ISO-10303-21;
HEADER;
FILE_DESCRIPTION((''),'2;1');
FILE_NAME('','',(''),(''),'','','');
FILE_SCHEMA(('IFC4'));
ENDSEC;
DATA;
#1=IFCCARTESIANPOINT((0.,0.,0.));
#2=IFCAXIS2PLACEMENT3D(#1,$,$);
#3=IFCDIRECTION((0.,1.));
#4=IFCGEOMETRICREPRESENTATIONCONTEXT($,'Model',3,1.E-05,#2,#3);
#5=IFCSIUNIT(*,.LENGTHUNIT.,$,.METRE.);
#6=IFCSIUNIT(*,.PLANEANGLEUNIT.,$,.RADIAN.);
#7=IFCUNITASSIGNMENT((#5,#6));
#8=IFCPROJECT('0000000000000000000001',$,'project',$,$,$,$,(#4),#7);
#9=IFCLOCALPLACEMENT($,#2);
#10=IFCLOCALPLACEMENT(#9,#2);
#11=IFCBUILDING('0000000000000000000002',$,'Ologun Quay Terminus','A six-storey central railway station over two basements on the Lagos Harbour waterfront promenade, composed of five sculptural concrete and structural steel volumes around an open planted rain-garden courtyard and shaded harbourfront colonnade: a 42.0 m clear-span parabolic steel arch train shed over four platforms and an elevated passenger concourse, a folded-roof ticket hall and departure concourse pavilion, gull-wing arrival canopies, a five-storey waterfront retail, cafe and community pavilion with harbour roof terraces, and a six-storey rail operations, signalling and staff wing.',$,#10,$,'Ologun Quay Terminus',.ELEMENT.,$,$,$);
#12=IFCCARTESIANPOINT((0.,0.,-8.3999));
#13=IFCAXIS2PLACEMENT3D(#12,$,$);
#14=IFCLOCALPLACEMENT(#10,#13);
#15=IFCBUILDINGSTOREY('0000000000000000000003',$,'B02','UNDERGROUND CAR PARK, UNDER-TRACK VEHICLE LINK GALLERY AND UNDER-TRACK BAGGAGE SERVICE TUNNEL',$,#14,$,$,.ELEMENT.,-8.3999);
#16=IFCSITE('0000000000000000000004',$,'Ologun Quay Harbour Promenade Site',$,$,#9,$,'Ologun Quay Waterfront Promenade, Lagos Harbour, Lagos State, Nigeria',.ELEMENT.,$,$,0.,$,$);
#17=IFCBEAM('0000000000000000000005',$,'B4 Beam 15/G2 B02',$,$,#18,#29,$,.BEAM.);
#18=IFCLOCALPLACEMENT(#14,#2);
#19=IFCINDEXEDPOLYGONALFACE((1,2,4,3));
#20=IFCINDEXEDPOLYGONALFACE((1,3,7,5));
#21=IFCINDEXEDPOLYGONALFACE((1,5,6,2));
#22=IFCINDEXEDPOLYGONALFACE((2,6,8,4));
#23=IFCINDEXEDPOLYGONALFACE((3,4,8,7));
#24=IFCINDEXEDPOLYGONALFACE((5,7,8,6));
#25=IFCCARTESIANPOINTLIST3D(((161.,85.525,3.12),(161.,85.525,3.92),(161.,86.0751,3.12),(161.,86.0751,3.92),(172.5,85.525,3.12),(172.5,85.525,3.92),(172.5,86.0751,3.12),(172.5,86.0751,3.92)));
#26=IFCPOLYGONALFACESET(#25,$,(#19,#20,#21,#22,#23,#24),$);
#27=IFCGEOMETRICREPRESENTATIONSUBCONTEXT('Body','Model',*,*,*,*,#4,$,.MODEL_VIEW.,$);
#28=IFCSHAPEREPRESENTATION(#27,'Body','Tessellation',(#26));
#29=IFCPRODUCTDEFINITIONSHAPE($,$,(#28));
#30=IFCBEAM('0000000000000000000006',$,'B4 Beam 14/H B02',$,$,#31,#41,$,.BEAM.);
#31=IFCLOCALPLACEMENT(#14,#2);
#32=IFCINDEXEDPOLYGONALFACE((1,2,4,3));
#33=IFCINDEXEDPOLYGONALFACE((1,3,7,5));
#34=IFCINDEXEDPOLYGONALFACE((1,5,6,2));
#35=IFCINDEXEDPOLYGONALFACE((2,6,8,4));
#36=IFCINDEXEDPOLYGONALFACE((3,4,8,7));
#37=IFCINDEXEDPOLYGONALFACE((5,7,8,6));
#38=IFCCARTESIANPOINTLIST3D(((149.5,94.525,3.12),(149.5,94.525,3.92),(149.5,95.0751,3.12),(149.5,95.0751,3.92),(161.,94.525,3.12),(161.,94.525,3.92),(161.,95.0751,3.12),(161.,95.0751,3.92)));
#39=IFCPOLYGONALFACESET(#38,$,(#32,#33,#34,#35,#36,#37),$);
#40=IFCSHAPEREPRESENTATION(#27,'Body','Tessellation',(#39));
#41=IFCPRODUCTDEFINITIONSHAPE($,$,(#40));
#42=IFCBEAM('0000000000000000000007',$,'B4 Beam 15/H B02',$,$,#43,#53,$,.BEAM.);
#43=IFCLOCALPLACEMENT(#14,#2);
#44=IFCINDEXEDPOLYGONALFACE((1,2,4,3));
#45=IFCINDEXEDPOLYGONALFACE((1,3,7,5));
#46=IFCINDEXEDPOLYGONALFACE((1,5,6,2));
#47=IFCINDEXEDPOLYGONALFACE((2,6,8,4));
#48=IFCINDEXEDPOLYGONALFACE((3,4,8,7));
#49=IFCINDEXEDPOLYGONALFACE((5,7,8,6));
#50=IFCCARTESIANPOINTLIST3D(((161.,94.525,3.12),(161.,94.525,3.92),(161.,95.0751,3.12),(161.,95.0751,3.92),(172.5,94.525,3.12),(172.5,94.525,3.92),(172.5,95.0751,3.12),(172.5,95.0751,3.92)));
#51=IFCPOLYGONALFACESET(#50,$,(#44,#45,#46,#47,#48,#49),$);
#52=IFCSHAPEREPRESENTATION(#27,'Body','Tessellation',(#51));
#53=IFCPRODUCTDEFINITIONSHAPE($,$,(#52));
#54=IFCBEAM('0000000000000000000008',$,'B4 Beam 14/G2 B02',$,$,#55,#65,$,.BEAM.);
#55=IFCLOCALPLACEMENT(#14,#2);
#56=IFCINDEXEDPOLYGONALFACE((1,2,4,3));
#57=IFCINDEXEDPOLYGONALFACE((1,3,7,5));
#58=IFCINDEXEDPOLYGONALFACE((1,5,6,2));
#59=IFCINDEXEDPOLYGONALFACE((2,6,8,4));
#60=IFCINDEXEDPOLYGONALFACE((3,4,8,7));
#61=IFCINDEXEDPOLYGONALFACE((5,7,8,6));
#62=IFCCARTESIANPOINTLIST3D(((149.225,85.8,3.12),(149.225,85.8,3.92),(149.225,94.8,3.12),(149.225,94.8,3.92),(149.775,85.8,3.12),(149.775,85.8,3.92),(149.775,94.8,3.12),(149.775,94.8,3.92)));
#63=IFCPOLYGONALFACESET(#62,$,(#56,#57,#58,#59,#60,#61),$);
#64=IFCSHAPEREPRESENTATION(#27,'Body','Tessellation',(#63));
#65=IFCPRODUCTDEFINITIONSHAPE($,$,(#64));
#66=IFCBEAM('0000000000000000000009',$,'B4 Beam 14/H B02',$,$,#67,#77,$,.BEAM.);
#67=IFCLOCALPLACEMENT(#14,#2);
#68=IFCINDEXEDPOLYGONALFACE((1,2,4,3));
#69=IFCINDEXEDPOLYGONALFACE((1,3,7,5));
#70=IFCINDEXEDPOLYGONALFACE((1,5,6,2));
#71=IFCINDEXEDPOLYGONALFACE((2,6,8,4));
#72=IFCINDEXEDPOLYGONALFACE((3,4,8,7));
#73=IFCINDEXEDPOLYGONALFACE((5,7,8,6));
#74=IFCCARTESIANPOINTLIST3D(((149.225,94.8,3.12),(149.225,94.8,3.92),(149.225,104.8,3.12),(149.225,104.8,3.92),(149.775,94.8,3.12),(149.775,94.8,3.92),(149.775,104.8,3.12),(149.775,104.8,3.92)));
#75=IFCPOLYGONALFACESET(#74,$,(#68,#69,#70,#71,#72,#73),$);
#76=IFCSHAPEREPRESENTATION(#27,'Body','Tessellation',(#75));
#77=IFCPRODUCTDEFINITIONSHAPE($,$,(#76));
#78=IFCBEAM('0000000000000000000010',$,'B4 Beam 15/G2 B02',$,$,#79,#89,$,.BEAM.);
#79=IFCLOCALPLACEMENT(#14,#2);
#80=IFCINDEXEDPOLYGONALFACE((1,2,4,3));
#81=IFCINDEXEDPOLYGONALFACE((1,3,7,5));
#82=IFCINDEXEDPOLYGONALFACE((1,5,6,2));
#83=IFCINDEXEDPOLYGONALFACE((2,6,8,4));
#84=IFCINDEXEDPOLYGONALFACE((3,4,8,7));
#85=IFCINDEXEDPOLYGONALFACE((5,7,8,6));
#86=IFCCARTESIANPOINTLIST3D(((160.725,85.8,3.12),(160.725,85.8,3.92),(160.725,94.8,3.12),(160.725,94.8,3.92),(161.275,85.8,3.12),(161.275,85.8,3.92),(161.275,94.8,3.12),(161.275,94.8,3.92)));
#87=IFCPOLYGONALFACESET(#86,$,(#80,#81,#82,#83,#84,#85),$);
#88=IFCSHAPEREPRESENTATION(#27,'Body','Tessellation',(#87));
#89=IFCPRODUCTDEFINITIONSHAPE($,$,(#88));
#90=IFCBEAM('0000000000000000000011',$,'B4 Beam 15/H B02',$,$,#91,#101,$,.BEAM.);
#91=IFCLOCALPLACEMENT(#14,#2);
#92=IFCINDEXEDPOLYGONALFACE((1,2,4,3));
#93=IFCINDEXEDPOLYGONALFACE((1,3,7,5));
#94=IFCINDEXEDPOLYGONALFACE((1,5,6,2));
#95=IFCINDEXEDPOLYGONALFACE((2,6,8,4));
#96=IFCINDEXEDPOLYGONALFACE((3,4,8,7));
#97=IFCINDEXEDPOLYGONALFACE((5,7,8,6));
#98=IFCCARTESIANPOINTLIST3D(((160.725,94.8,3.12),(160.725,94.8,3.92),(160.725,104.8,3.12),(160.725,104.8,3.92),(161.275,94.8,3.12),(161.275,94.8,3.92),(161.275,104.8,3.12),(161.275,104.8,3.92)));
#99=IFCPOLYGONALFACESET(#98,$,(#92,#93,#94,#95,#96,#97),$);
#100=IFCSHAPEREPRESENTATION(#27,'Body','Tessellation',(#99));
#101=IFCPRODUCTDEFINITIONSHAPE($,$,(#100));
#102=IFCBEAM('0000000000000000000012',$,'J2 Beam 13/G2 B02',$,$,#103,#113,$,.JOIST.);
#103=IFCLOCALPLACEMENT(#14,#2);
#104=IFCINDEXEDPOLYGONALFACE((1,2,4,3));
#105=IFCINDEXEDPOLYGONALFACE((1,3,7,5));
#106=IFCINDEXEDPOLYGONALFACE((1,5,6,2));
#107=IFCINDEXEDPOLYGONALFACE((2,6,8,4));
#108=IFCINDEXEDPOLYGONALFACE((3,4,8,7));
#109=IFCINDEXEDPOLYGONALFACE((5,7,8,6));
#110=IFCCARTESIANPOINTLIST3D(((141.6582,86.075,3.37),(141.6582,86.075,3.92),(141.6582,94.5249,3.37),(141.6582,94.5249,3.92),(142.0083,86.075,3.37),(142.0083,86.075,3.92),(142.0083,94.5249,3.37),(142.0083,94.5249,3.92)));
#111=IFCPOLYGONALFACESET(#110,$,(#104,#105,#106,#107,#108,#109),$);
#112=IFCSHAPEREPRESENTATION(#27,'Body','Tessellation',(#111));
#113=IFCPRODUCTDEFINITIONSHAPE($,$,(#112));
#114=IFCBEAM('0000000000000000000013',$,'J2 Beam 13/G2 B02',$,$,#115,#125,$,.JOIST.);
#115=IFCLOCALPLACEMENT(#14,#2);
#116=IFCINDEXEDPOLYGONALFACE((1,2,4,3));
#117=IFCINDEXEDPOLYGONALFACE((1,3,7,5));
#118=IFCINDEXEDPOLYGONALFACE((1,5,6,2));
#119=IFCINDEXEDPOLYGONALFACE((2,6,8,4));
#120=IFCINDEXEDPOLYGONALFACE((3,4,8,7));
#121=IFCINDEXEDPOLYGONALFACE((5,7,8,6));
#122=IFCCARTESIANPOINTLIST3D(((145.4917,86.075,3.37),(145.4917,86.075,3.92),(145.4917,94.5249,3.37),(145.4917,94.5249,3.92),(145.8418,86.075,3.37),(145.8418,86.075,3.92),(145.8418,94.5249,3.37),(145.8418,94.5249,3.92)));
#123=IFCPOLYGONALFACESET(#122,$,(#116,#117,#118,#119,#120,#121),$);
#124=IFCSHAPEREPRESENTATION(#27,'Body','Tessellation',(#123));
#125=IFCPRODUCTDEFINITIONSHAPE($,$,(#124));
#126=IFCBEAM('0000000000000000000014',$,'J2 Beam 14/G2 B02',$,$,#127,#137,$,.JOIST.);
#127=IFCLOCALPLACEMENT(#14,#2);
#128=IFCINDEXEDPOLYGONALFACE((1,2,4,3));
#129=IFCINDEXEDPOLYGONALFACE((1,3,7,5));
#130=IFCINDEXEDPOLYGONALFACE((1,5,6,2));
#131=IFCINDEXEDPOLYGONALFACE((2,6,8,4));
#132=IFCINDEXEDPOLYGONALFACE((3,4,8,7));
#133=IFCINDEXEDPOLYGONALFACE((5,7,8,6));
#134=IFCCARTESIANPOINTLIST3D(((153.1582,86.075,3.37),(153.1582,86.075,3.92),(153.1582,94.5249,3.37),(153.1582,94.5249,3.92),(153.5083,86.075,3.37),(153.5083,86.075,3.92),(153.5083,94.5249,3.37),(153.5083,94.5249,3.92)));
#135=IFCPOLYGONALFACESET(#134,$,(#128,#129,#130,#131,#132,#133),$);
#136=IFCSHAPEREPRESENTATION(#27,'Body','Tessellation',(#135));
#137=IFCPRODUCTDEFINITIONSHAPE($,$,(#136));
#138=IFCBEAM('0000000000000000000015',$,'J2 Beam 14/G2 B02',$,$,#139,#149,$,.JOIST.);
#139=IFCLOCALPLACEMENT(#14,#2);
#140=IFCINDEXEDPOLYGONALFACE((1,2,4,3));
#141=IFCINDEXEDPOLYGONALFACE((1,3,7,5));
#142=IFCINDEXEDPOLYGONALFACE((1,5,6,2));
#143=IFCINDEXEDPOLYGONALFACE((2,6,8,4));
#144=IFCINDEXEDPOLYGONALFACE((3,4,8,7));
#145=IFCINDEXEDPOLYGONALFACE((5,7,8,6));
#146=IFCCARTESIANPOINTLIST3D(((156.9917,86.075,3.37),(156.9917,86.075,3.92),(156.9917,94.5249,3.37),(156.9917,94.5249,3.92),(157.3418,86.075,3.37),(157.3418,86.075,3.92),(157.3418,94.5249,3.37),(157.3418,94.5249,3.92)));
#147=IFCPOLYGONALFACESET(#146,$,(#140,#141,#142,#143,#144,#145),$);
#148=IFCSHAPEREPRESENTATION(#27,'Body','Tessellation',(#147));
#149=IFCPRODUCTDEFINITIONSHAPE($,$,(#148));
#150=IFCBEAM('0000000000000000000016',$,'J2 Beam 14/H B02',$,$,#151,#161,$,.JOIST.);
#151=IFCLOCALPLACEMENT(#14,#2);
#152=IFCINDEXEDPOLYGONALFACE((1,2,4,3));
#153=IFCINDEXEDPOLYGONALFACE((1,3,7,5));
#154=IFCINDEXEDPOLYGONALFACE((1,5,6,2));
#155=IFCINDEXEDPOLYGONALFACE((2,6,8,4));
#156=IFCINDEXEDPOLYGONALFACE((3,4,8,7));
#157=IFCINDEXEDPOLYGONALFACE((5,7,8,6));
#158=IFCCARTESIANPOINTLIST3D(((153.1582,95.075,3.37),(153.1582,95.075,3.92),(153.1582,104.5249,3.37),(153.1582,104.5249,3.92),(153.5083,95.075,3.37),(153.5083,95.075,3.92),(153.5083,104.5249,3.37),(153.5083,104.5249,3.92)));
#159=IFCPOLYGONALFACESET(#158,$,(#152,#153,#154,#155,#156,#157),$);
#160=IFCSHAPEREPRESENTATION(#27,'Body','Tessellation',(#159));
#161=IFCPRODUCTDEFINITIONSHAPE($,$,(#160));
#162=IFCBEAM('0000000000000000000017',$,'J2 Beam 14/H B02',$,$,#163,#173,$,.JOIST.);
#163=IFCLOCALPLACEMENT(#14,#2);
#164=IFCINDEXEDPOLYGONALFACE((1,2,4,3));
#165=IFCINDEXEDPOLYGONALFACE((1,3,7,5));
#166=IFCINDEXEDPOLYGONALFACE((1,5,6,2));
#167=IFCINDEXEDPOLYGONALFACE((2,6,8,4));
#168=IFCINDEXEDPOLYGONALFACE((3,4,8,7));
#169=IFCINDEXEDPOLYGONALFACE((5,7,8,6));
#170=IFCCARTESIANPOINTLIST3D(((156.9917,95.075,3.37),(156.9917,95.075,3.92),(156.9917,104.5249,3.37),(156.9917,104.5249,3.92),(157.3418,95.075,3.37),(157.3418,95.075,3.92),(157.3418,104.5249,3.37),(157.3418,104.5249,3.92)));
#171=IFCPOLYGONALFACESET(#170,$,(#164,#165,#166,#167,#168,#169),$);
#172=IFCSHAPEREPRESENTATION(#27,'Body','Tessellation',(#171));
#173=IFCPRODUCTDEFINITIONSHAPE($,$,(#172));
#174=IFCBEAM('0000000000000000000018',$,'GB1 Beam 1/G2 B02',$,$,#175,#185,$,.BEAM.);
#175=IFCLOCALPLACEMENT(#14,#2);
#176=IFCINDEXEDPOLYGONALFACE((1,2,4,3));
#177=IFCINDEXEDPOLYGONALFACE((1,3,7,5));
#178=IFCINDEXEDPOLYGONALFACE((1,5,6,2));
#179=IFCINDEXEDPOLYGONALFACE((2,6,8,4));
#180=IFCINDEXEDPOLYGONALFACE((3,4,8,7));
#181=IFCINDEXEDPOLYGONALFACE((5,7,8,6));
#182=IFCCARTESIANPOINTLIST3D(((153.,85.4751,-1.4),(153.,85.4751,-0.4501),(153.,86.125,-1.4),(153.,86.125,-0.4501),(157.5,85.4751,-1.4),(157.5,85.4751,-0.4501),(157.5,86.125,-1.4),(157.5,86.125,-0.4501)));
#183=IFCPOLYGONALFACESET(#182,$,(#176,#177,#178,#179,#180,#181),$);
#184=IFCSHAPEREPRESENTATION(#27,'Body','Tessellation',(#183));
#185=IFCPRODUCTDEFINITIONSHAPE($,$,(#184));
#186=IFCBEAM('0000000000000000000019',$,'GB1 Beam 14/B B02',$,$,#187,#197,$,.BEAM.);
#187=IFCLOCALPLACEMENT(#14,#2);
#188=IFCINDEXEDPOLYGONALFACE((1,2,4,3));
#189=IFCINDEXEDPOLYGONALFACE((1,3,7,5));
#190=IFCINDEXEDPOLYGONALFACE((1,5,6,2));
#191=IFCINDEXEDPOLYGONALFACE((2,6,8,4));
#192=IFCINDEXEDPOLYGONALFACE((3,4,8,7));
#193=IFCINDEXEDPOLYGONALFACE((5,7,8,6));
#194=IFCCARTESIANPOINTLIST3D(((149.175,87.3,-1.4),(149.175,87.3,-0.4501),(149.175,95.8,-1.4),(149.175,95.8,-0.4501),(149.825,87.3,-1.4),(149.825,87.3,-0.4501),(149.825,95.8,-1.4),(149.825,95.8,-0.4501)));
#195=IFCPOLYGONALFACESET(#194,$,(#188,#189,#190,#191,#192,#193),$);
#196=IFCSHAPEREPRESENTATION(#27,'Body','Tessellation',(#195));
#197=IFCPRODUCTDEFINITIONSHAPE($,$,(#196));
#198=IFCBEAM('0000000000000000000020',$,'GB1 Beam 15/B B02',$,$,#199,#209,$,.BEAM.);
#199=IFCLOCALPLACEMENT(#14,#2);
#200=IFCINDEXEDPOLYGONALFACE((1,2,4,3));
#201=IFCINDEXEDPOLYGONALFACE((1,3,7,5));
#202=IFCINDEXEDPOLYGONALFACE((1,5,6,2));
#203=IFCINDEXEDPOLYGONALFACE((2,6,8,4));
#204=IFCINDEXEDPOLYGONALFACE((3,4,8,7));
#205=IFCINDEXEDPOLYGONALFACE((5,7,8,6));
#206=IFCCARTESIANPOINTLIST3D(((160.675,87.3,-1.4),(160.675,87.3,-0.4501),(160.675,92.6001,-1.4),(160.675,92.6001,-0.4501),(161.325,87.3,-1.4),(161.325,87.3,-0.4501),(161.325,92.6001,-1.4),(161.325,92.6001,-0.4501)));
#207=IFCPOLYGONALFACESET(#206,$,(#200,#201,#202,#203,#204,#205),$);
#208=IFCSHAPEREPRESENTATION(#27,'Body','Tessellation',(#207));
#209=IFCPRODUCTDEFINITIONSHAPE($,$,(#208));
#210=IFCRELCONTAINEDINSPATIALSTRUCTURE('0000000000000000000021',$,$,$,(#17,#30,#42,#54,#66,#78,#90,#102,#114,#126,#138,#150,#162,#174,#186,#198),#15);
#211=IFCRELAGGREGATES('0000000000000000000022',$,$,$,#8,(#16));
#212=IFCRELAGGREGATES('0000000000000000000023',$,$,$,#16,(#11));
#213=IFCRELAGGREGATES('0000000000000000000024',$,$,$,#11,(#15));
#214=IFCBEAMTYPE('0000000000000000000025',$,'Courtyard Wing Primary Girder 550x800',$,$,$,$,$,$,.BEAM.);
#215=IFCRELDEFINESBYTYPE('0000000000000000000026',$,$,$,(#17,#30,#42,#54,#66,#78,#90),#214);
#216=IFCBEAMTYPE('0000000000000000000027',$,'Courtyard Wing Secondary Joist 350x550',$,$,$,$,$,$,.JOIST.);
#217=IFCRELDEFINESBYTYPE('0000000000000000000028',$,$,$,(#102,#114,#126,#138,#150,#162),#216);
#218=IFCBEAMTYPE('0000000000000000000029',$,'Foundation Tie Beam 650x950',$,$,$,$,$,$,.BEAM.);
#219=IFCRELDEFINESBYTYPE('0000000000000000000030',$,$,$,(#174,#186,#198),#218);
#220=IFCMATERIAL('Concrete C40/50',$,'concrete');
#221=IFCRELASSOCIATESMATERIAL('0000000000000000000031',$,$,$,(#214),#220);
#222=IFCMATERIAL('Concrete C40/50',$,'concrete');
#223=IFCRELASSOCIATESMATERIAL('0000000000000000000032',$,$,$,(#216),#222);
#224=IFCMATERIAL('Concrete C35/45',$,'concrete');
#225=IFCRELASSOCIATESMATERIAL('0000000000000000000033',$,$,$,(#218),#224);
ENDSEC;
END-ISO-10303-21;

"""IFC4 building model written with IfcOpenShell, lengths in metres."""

from ifc_helpers import new_model, si_unit, direction, frame, origin, origin_2d, place, context, subcontext, project, spatial, rectangle, extrude, material, material_profile, profile_set, type_object, element, save


model = new_model("IFC4")

# Units and contexts
model_context = context("Model", 3, precision=1e-05, world=origin(), true_north=direction((0.0, 1.0)))
body_context = subcontext(model_context, "Body", "Model", "MODEL_VIEW")
ifc_project = project(units=[si_unit("LENGTHUNIT", "METRE"), si_unit("PLANEANGLEUNIT", "RADIAN")], contexts=[model_context])

# Site, building, storey
site_placement = place(None, origin())
site = spatial("IfcSite", under=ifc_project, at=site_placement, Name="Ologun Quay Harbour Promenade Site", LongName="Ologun Quay Waterfront Promenade, Lagos Harbour, Lagos State, Nigeria", CompositionType="ELEMENT", RefElevation=0.0)
building_placement = place(site_placement, origin())
building = spatial("IfcBuilding", under=site, at=building_placement, Name="Ologun Quay Terminus", Description="A six-storey central railway station over two basements on the Lagos Harbour waterfront promenade, composed of five sculptural concrete and structural steel volumes around an open planted rain-garden courtyard and shaded harbourfront colonnade: a 42.0 m clear-span parabolic steel arch train shed over four platforms and an elevated passenger concourse, a folded-roof ticket hall and departure concourse pavilion, gull-wing arrival canopies, a five-storey waterfront retail, cafe and community pavilion with harbour roof terraces, and a six-storey rail operations, signalling and staff wing.", LongName="Ologun Quay Terminus", CompositionType="ELEMENT")
storey_placement = place(building_placement, frame((0.0, 0.0, -8.3999)))
storey = spatial("IfcBuildingStorey", under=building, at=storey_placement, Name="B02", Description="UNDERGROUND CAR PARK, UNDER-TRACK VEHICLE LINK GALLERY AND UNDER-TRACK BAGGAGE SERVICE TUNNEL", CompositionType="ELEMENT", Elevation=-8.3999)

# Beams
ifc_material_1 = material(Name="Concrete C40/50", Category="concrete")
ifc_material_profile_1 = material_profile(ifc_material_1, rectangle(XDim=0.55, YDim=0.8, at=origin_2d()), Name="RC 550x800")
ifc_profile_set_1 = profile_set([ifc_material_profile_1], Name="Concrete C40/50")
beam_type_1 = type_object("IfcBeamType", Name="Courtyard Wing Primary Girder 550x800", PredefinedType="BEAM", material=ifc_profile_set_1)
for number, where, z_axis, x_axis, name in (
    (1, (161.0, 85.8, 3.52), (1.0, 0.0, 0.0), (0.0, 1.0, 0.0), "B4 Beam 15/G2 B02"),
    (2, (149.5, 94.8, 3.52), (1.0, 0.0, 0.0), (0.0, 1.0, 0.0), "B4 Beam 14/H B02"),
    (3, (161.0, 94.8, 3.52), (1.0, 0.0, 0.0), (0.0, 1.0, 0.0), "B4 Beam 15/H B02"),
):
    element("IfcBeam", number, at=place(storey_placement, frame(where, z_axis=z_axis, x_axis=x_axis)), inside=storey, type_object=beam_type_1, Name=name, PredefinedType="BEAM", context=body_context, shape_type="SweptSolid", body=[
        extrude(rectangle(XDim=0.55, YDim=0.8, at=origin_2d()), origin(), (0.0, 0.0, 1.0), 11.5),
    ])
beam_1_placement = place(storey_placement, frame((149.5, 85.8, 3.52), z_axis=(0.0, 1.0, 0.0), x_axis=(-1.0, 0.0, 0.0)))
element("IfcBeam", 4, at=beam_1_placement, inside=storey, type_object=beam_type_1, Name="B4 Beam 14/G2 B02", PredefinedType="BEAM", context=body_context, shape_type="SweptSolid", body=[
    extrude(rectangle(XDim=0.55, YDim=0.8, at=origin_2d()), origin(), (0.0, 0.0, 1.0), 9.0),
])
beam_2_placement = place(storey_placement, frame((149.5, 94.8, 3.52), z_axis=(0.0, 1.0, 0.0), x_axis=(-1.0, 0.0, 0.0)))
element("IfcBeam", 5, at=beam_2_placement, inside=storey, type_object=beam_type_1, Name="B4 Beam 14/H B02", PredefinedType="BEAM", context=body_context, shape_type="SweptSolid", body=[
    extrude(rectangle(XDim=0.55, YDim=0.8, at=origin_2d()), origin(), (0.0, 0.0, 1.0), 10.0),
])
beam_3_placement = place(storey_placement, frame((161.0, 85.8, 3.52), z_axis=(0.0, 1.0, 0.0), x_axis=(-1.0, 0.0, 0.0)))
element("IfcBeam", 6, at=beam_3_placement, inside=storey, type_object=beam_type_1, Name="B4 Beam 15/G2 B02", PredefinedType="BEAM", context=body_context, shape_type="SweptSolid", body=[
    extrude(rectangle(XDim=0.55, YDim=0.8, at=origin_2d()), origin(), (0.0, 0.0, 1.0), 9.0),
])
beam_4_placement = place(storey_placement, frame((161.0, 94.8, 3.52), z_axis=(0.0, 1.0, 0.0), x_axis=(-1.0, 0.0, 0.0)))
element("IfcBeam", 7, at=beam_4_placement, inside=storey, type_object=beam_type_1, Name="B4 Beam 15/H B02", PredefinedType="BEAM", context=body_context, shape_type="SweptSolid", body=[
    extrude(rectangle(XDim=0.55, YDim=0.8, at=origin_2d()), origin(), (0.0, 0.0, 1.0), 10.0),
])
ifc_material_2 = material(Name="Concrete C40/50", Category="concrete")
ifc_material_profile_2 = material_profile(ifc_material_2, rectangle(XDim=0.3501, YDim=0.55, at=origin_2d()), Name="RC 350x550")
ifc_profile_set_2 = profile_set([ifc_material_profile_2], Name="Concrete C40/50")
beam_type_2 = type_object("IfcBeamType", Name="Courtyard Wing Secondary Joist 350x550", PredefinedType="JOIST", material=ifc_profile_set_2)
for number, where, z_axis, x_axis, name in (
    (8, (141.8333, 86.075, 3.645), (0.0, 1.0, 0.0), (-1.0, 0.0, 0.0), "J2 Beam 13/G2 B02"),
    (9, (145.6667, 86.075, 3.645), (0.0, 1.0, 0.0), (-1.0, 0.0, 0.0), "J2 Beam 13/G2 B02"),
    (10, (153.3333, 86.075, 3.645), (0.0, 1.0, 0.0), (-1.0, 0.0, 0.0), "J2 Beam 14/G2 B02"),
    (11, (157.1667, 86.075, 3.645), (0.0, 1.0, 0.0), (-1.0, 0.0, 0.0), "J2 Beam 14/G2 B02"),
):
    element("IfcBeam", number, at=place(storey_placement, frame(where, z_axis=z_axis, x_axis=x_axis)), inside=storey, type_object=beam_type_2, Name=name, PredefinedType="JOIST", context=body_context, shape_type="SweptSolid", body=[
        extrude(rectangle(XDim=0.3501, YDim=0.55, at=origin_2d()), origin(), (0.0, 0.0, 1.0), 8.45),
    ])
for number, where, z_axis, x_axis, name in (
    (12, (153.3333, 95.075, 3.645), (0.0, 1.0, 0.0), (-1.0, 0.0, 0.0), "J2 Beam 14/H B02"),
    (13, (157.1667, 95.075, 3.645), (0.0, 1.0, 0.0), (-1.0, 0.0, 0.0), "J2 Beam 14/H B02"),
):
    element("IfcBeam", number, at=place(storey_placement, frame(where, z_axis=z_axis, x_axis=x_axis)), inside=storey, type_object=beam_type_2, Name=name, PredefinedType="JOIST", context=body_context, shape_type="SweptSolid", body=[
        extrude(rectangle(XDim=0.3501, YDim=0.55, at=origin_2d()), origin(), (0.0, 0.0, 1.0), 9.45),
    ])
ifc_material_3 = material(Name="Concrete C35/45", Category="concrete")
ifc_material_profile_3 = material_profile(ifc_material_3, rectangle(XDim=0.6499, YDim=0.95, at=origin_2d()), Name="RC 650x950")
ifc_profile_set_3 = profile_set([ifc_material_profile_3], Name="Concrete C35/45")
beam_type_3 = type_object("IfcBeamType", Name="Foundation Tie Beam 650x950", PredefinedType="BEAM", material=ifc_profile_set_3)
beam_5_placement = place(storey_placement, frame((153.0, 85.8, -0.925), z_axis=(1.0, 0.0, 0.0), x_axis=(0.0, 1.0, 0.0)))
element("IfcBeam", 14, at=beam_5_placement, inside=storey, type_object=beam_type_3, Name="GB1 Beam 1/G2 B02", PredefinedType="BEAM", context=body_context, shape_type="SweptSolid", body=[
    extrude(rectangle(XDim=0.6499, YDim=0.95, at=origin_2d()), origin(), (0.0, 0.0, 1.0), 4.5),
])
beam_6_placement = place(storey_placement, frame((149.5, 87.3, -0.925), z_axis=(0.0, 1.0, 0.0), x_axis=(-1.0, 0.0, 0.0)))
element("IfcBeam", 15, at=beam_6_placement, inside=storey, type_object=beam_type_3, Name="GB1 Beam 14/B B02", PredefinedType="BEAM", context=body_context, shape_type="SweptSolid", body=[
    extrude(rectangle(XDim=0.6499, YDim=0.95, at=origin_2d()), origin(), (0.0, 0.0, 1.0), 8.5),
])
beam_7_placement = place(storey_placement, frame((161.0, 87.3, -0.925), z_axis=(0.0, 1.0, 0.0), x_axis=(-1.0, 0.0, 0.0)))
element("IfcBeam", 16, at=beam_7_placement, inside=storey, type_object=beam_type_3, Name="GB1 Beam 15/B B02", PredefinedType="BEAM", context=body_context, shape_type="SweptSolid", body=[
    extrude(rectangle(XDim=0.6499, YDim=0.95, at=origin_2d()), origin(), (0.0, 0.0, 1.0), 5.3),
])

save(model, "model.ifc")
